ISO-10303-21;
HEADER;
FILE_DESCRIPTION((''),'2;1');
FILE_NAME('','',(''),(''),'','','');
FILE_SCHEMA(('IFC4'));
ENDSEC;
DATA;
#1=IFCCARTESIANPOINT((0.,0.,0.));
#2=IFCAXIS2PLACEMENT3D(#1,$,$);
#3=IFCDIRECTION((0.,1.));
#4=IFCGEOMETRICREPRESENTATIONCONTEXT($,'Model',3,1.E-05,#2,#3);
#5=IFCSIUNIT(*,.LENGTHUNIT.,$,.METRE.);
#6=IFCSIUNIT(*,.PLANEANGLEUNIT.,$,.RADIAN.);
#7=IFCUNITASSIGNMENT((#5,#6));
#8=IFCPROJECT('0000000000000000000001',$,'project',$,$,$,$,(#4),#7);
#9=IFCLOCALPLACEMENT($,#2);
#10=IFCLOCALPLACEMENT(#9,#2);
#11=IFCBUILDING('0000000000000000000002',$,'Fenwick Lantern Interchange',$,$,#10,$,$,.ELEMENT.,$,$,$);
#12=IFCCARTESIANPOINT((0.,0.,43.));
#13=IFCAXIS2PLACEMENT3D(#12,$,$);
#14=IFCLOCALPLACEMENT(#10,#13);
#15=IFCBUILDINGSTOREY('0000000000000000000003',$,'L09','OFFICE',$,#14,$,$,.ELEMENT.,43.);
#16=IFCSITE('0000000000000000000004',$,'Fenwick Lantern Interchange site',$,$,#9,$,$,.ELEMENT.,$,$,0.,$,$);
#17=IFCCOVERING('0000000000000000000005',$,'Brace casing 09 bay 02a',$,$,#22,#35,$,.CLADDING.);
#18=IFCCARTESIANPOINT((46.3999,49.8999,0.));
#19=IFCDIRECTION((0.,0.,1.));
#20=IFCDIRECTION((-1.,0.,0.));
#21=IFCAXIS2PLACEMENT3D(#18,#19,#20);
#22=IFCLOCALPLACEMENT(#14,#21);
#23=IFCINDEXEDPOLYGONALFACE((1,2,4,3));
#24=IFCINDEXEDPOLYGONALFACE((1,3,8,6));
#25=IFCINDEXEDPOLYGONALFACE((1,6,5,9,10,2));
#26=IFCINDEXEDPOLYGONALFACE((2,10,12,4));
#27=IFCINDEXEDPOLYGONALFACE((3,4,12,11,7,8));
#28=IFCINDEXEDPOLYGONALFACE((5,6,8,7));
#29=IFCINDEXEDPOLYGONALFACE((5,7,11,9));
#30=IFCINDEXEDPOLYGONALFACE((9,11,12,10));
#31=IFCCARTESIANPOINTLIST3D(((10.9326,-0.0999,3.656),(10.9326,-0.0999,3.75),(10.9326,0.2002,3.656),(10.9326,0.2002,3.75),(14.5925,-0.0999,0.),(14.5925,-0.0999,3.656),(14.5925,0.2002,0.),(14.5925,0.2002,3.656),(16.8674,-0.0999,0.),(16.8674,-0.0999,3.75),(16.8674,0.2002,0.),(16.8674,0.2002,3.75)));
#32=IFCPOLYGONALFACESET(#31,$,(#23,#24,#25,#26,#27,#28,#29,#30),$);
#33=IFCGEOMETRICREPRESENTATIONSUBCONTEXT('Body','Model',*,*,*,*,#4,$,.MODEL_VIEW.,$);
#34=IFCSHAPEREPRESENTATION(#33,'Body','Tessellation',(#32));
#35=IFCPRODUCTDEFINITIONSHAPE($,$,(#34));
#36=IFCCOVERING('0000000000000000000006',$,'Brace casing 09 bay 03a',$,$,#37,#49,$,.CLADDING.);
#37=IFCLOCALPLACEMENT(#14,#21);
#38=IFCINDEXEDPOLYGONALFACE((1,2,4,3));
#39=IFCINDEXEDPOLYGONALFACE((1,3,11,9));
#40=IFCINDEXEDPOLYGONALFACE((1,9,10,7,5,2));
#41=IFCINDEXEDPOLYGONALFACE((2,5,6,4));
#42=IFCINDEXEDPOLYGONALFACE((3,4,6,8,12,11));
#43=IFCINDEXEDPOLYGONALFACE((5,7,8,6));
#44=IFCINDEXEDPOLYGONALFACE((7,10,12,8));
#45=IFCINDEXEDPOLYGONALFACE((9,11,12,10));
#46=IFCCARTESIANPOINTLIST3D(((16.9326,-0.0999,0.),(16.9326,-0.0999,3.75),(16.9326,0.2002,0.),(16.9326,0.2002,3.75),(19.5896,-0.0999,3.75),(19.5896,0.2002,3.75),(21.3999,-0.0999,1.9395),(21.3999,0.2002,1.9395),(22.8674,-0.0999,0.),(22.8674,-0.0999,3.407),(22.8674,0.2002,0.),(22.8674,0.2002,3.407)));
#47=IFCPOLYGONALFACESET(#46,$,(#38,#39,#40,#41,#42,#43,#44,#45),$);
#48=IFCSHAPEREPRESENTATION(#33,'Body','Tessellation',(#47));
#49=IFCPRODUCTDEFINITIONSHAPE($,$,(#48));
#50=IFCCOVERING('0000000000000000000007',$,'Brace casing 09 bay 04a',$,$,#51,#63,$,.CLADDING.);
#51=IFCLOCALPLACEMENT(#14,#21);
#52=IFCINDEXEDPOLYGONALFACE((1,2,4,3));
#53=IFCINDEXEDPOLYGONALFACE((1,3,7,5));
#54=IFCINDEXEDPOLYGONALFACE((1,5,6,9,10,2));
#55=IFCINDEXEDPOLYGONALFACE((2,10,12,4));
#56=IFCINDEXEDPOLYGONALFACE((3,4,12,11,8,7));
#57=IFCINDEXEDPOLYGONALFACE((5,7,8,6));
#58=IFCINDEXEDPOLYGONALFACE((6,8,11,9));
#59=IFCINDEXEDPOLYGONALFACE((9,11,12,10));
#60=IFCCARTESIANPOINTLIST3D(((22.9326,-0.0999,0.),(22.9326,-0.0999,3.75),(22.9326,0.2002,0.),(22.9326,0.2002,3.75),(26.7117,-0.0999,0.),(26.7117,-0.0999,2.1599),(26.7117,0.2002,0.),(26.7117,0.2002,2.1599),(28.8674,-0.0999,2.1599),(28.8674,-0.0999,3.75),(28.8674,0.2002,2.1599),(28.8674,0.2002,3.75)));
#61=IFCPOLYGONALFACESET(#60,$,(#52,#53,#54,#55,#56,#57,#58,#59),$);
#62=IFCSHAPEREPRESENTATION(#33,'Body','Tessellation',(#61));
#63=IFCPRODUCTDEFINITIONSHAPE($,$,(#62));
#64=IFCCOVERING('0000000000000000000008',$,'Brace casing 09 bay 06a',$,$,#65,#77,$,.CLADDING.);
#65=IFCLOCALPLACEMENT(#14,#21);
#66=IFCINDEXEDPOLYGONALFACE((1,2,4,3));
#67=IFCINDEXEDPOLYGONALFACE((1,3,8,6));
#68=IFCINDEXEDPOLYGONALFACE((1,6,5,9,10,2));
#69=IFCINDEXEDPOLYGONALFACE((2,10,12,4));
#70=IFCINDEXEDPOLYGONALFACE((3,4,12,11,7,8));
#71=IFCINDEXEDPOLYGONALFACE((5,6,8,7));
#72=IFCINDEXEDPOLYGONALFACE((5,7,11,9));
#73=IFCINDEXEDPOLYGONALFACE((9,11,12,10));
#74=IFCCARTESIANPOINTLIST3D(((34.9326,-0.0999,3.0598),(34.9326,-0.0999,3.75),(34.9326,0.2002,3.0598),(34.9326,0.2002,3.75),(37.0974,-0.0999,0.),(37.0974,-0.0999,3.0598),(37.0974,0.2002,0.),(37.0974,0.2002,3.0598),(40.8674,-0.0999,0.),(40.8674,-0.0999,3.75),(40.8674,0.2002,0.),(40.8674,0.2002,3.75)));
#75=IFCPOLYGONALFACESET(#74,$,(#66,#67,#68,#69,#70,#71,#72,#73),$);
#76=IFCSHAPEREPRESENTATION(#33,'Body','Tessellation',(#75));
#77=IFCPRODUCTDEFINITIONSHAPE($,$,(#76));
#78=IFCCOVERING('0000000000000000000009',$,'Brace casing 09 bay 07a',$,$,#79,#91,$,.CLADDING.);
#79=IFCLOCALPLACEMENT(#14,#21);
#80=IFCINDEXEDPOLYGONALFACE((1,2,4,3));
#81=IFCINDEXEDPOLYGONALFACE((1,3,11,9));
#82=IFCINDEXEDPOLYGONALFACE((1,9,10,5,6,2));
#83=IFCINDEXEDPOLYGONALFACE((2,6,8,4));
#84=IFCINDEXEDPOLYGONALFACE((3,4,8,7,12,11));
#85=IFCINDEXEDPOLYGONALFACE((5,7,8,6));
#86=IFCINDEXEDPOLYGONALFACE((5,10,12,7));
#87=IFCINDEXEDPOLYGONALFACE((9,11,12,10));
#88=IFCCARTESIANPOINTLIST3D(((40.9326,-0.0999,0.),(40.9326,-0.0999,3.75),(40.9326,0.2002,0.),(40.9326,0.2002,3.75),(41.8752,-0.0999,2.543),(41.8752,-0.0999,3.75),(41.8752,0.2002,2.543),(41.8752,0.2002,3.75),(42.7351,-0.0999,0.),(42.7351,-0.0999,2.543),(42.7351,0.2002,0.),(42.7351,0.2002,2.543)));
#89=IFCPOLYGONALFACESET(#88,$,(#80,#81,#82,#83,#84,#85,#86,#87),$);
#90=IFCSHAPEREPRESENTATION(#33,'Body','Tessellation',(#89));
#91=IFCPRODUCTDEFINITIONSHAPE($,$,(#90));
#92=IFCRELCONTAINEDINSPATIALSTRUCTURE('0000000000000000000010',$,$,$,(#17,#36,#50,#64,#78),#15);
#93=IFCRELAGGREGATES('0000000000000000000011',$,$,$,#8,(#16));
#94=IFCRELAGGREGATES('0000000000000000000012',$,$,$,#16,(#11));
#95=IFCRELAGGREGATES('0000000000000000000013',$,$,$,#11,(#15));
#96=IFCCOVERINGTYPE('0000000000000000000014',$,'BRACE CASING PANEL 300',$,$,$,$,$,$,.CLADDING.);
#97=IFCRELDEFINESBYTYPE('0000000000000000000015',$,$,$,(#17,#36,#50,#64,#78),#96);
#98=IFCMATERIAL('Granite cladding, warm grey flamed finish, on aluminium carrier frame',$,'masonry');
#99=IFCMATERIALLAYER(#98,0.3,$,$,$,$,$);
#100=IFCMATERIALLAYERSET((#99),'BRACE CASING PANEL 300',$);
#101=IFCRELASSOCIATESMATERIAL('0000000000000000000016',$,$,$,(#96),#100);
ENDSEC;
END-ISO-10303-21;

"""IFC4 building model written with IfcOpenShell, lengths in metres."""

from ifc_helpers import new_model, si_unit, direction, frame, origin, place, context, subcontext, project, spatial, polyline, outline, extrude, material, layer, layer_set, type_object, element, save


model = new_model("IFC4")

# Units and contexts
model_context = context("Model", 3, precision=1e-05, world=origin(), true_north=direction((0.0, 1.0)))
body_context = subcontext(model_context, "Body", "Model", "MODEL_VIEW")
ifc_project = project(units=[si_unit("LENGTHUNIT", "METRE"), si_unit("PLANEANGLEUNIT", "RADIAN")], contexts=[model_context])

# Site, building, storey
site_placement = place(None, origin())
site = spatial("IfcSite", under=ifc_project, at=site_placement, Name="Fenwick Lantern Interchange site", CompositionType="ELEMENT", RefElevation=0.0)
building_placement = place(site_placement, origin())
building = spatial("IfcBuilding", under=site, at=building_placement, Name="Fenwick Lantern Interchange", CompositionType="ELEMENT")
storey_placement = place(building_placement, frame((0.0, 0.0, 43.0)))
storey = spatial("IfcBuildingStorey", under=building, at=storey_placement, Name="L09", Description="OFFICE", CompositionType="ELEMENT", Elevation=43.0)

# Coverings
ifc_material_1 = material(Name="Granite cladding, warm grey flamed finish, on aluminium carrier frame", Category="masonry")
ifc_layer_1 = layer(ifc_material_1, 0.3)
ifc_layer_set_1 = layer_set([ifc_layer_1], Name="BRACE CASING PANEL 300")
covering_type = type_object("IfcCoveringType", Name="BRACE CASING PANEL 300", PredefinedType="CLADDING", material=ifc_layer_set_1)
covering_1_placement = place(storey_placement, frame((46.3999, 49.8999, 0.0), z_axis=(0.0, 0.0, 1.0), x_axis=(-1.0, 0.0, 0.0)))
element("IfcCovering", 1, at=covering_1_placement, inside=storey, type_object=covering_type, Name="Brace casing 09 bay 02a", PredefinedType="CLADDING", context=body_context, shape_type="SweptSolid", body=[
    extrude(outline(polyline([(14.5925, 0.0), (16.8674, 0.0), (16.8674, 3.75), (10.9326, 3.75), (10.9326, 3.656), (14.5925, 3.656), (14.5925, 0.0)])), frame((0.0, 0.2002, 0.0), z_axis=(0.0, -1.0, 0.0), x_axis=(1.0, 0.0, 0.0)), (0.0, 0.0, 1.0), 0.3),
])
covering_2_placement = place(storey_placement, frame((46.3999, 49.8999, 0.0), z_axis=(0.0, 0.0, 1.0), x_axis=(-1.0, 0.0, 0.0)))
element("IfcCovering", 2, at=covering_2_placement, inside=storey, type_object=covering_type, Name="Brace casing 09 bay 03a", PredefinedType="CLADDING", context=body_context, shape_type="SweptSolid", body=[
    extrude(outline(polyline([(16.9326, 0.0), (22.8674, 0.0), (22.8674, 3.407), (21.3999, 1.9395), (19.5896, 3.75), (16.9326, 3.75), (16.9326, 0.0)])), frame((0.0, 0.2002, 0.0), z_axis=(0.0, -1.0, 0.0), x_axis=(1.0, 0.0, 0.0)), (0.0, 0.0, 1.0), 0.3),
])
covering_3_placement = place(storey_placement, frame((46.3999, 49.8999, 0.0), z_axis=(0.0, 0.0, 1.0), x_axis=(-1.0, 0.0, 0.0)))
element("IfcCovering", 3, at=covering_3_placement, inside=storey, type_object=covering_type, Name="Brace casing 09 bay 04a", PredefinedType="CLADDING", context=body_context, shape_type="SweptSolid", body=[
    extrude(outline(polyline([(22.9326, 0.0), (26.7117, 0.0), (26.7117, 2.1599), (28.8674, 2.1599), (28.8674, 3.75), (22.9326, 3.75), (22.9326, 0.0)])), frame((0.0, 0.2002, 0.0), z_axis=(0.0, -1.0, 0.0), x_axis=(1.0, 0.0, 0.0)), (0.0, 0.0, 1.0), 0.3),
])
covering_4_placement = place(storey_placement, frame((46.3999, 49.8999, 0.0), z_axis=(0.0, 0.0, 1.0), x_axis=(-1.0, 0.0, 0.0)))
element("IfcCovering", 4, at=covering_4_placement, inside=storey, type_object=covering_type, Name="Brace casing 09 bay 06a", PredefinedType="CLADDING", context=body_context, shape_type="SweptSolid", body=[
    extrude(outline(polyline([(37.0974, 0.0), (40.8674, 0.0), (40.8674, 3.75), (34.9326, 3.75), (34.9326, 3.0598), (37.0974, 3.0598), (37.0974, 0.0)])), frame((0.0, 0.2002, 0.0), z_axis=(0.0, -1.0, 0.0), x_axis=(1.0, 0.0, 0.0)), (0.0, 0.0, 1.0), 0.3),
])
covering_5_placement = place(storey_placement, frame((46.3999, 49.8999, 0.0), z_axis=(0.0, 0.0, 1.0), x_axis=(-1.0, 0.0, 0.0)))
element("IfcCovering", 5, at=covering_5_placement, inside=storey, type_object=covering_type, Name="Brace casing 09 bay 07a", PredefinedType="CLADDING", context=body_context, shape_type="SweptSolid", body=[
    extrude(outline(polyline([(40.9326, 0.0), (42.7351, 0.0), (42.7351, 2.543), (41.8752, 2.543), (41.8752, 3.75), (40.9326, 3.75), (40.9326, 0.0)])), frame((0.0, 0.2002, 0.0), z_axis=(0.0, -1.0, 0.0), x_axis=(1.0, 0.0, 0.0)), (0.0, 0.0, 1.0), 0.3),
])

save(model, "model.ifc")
